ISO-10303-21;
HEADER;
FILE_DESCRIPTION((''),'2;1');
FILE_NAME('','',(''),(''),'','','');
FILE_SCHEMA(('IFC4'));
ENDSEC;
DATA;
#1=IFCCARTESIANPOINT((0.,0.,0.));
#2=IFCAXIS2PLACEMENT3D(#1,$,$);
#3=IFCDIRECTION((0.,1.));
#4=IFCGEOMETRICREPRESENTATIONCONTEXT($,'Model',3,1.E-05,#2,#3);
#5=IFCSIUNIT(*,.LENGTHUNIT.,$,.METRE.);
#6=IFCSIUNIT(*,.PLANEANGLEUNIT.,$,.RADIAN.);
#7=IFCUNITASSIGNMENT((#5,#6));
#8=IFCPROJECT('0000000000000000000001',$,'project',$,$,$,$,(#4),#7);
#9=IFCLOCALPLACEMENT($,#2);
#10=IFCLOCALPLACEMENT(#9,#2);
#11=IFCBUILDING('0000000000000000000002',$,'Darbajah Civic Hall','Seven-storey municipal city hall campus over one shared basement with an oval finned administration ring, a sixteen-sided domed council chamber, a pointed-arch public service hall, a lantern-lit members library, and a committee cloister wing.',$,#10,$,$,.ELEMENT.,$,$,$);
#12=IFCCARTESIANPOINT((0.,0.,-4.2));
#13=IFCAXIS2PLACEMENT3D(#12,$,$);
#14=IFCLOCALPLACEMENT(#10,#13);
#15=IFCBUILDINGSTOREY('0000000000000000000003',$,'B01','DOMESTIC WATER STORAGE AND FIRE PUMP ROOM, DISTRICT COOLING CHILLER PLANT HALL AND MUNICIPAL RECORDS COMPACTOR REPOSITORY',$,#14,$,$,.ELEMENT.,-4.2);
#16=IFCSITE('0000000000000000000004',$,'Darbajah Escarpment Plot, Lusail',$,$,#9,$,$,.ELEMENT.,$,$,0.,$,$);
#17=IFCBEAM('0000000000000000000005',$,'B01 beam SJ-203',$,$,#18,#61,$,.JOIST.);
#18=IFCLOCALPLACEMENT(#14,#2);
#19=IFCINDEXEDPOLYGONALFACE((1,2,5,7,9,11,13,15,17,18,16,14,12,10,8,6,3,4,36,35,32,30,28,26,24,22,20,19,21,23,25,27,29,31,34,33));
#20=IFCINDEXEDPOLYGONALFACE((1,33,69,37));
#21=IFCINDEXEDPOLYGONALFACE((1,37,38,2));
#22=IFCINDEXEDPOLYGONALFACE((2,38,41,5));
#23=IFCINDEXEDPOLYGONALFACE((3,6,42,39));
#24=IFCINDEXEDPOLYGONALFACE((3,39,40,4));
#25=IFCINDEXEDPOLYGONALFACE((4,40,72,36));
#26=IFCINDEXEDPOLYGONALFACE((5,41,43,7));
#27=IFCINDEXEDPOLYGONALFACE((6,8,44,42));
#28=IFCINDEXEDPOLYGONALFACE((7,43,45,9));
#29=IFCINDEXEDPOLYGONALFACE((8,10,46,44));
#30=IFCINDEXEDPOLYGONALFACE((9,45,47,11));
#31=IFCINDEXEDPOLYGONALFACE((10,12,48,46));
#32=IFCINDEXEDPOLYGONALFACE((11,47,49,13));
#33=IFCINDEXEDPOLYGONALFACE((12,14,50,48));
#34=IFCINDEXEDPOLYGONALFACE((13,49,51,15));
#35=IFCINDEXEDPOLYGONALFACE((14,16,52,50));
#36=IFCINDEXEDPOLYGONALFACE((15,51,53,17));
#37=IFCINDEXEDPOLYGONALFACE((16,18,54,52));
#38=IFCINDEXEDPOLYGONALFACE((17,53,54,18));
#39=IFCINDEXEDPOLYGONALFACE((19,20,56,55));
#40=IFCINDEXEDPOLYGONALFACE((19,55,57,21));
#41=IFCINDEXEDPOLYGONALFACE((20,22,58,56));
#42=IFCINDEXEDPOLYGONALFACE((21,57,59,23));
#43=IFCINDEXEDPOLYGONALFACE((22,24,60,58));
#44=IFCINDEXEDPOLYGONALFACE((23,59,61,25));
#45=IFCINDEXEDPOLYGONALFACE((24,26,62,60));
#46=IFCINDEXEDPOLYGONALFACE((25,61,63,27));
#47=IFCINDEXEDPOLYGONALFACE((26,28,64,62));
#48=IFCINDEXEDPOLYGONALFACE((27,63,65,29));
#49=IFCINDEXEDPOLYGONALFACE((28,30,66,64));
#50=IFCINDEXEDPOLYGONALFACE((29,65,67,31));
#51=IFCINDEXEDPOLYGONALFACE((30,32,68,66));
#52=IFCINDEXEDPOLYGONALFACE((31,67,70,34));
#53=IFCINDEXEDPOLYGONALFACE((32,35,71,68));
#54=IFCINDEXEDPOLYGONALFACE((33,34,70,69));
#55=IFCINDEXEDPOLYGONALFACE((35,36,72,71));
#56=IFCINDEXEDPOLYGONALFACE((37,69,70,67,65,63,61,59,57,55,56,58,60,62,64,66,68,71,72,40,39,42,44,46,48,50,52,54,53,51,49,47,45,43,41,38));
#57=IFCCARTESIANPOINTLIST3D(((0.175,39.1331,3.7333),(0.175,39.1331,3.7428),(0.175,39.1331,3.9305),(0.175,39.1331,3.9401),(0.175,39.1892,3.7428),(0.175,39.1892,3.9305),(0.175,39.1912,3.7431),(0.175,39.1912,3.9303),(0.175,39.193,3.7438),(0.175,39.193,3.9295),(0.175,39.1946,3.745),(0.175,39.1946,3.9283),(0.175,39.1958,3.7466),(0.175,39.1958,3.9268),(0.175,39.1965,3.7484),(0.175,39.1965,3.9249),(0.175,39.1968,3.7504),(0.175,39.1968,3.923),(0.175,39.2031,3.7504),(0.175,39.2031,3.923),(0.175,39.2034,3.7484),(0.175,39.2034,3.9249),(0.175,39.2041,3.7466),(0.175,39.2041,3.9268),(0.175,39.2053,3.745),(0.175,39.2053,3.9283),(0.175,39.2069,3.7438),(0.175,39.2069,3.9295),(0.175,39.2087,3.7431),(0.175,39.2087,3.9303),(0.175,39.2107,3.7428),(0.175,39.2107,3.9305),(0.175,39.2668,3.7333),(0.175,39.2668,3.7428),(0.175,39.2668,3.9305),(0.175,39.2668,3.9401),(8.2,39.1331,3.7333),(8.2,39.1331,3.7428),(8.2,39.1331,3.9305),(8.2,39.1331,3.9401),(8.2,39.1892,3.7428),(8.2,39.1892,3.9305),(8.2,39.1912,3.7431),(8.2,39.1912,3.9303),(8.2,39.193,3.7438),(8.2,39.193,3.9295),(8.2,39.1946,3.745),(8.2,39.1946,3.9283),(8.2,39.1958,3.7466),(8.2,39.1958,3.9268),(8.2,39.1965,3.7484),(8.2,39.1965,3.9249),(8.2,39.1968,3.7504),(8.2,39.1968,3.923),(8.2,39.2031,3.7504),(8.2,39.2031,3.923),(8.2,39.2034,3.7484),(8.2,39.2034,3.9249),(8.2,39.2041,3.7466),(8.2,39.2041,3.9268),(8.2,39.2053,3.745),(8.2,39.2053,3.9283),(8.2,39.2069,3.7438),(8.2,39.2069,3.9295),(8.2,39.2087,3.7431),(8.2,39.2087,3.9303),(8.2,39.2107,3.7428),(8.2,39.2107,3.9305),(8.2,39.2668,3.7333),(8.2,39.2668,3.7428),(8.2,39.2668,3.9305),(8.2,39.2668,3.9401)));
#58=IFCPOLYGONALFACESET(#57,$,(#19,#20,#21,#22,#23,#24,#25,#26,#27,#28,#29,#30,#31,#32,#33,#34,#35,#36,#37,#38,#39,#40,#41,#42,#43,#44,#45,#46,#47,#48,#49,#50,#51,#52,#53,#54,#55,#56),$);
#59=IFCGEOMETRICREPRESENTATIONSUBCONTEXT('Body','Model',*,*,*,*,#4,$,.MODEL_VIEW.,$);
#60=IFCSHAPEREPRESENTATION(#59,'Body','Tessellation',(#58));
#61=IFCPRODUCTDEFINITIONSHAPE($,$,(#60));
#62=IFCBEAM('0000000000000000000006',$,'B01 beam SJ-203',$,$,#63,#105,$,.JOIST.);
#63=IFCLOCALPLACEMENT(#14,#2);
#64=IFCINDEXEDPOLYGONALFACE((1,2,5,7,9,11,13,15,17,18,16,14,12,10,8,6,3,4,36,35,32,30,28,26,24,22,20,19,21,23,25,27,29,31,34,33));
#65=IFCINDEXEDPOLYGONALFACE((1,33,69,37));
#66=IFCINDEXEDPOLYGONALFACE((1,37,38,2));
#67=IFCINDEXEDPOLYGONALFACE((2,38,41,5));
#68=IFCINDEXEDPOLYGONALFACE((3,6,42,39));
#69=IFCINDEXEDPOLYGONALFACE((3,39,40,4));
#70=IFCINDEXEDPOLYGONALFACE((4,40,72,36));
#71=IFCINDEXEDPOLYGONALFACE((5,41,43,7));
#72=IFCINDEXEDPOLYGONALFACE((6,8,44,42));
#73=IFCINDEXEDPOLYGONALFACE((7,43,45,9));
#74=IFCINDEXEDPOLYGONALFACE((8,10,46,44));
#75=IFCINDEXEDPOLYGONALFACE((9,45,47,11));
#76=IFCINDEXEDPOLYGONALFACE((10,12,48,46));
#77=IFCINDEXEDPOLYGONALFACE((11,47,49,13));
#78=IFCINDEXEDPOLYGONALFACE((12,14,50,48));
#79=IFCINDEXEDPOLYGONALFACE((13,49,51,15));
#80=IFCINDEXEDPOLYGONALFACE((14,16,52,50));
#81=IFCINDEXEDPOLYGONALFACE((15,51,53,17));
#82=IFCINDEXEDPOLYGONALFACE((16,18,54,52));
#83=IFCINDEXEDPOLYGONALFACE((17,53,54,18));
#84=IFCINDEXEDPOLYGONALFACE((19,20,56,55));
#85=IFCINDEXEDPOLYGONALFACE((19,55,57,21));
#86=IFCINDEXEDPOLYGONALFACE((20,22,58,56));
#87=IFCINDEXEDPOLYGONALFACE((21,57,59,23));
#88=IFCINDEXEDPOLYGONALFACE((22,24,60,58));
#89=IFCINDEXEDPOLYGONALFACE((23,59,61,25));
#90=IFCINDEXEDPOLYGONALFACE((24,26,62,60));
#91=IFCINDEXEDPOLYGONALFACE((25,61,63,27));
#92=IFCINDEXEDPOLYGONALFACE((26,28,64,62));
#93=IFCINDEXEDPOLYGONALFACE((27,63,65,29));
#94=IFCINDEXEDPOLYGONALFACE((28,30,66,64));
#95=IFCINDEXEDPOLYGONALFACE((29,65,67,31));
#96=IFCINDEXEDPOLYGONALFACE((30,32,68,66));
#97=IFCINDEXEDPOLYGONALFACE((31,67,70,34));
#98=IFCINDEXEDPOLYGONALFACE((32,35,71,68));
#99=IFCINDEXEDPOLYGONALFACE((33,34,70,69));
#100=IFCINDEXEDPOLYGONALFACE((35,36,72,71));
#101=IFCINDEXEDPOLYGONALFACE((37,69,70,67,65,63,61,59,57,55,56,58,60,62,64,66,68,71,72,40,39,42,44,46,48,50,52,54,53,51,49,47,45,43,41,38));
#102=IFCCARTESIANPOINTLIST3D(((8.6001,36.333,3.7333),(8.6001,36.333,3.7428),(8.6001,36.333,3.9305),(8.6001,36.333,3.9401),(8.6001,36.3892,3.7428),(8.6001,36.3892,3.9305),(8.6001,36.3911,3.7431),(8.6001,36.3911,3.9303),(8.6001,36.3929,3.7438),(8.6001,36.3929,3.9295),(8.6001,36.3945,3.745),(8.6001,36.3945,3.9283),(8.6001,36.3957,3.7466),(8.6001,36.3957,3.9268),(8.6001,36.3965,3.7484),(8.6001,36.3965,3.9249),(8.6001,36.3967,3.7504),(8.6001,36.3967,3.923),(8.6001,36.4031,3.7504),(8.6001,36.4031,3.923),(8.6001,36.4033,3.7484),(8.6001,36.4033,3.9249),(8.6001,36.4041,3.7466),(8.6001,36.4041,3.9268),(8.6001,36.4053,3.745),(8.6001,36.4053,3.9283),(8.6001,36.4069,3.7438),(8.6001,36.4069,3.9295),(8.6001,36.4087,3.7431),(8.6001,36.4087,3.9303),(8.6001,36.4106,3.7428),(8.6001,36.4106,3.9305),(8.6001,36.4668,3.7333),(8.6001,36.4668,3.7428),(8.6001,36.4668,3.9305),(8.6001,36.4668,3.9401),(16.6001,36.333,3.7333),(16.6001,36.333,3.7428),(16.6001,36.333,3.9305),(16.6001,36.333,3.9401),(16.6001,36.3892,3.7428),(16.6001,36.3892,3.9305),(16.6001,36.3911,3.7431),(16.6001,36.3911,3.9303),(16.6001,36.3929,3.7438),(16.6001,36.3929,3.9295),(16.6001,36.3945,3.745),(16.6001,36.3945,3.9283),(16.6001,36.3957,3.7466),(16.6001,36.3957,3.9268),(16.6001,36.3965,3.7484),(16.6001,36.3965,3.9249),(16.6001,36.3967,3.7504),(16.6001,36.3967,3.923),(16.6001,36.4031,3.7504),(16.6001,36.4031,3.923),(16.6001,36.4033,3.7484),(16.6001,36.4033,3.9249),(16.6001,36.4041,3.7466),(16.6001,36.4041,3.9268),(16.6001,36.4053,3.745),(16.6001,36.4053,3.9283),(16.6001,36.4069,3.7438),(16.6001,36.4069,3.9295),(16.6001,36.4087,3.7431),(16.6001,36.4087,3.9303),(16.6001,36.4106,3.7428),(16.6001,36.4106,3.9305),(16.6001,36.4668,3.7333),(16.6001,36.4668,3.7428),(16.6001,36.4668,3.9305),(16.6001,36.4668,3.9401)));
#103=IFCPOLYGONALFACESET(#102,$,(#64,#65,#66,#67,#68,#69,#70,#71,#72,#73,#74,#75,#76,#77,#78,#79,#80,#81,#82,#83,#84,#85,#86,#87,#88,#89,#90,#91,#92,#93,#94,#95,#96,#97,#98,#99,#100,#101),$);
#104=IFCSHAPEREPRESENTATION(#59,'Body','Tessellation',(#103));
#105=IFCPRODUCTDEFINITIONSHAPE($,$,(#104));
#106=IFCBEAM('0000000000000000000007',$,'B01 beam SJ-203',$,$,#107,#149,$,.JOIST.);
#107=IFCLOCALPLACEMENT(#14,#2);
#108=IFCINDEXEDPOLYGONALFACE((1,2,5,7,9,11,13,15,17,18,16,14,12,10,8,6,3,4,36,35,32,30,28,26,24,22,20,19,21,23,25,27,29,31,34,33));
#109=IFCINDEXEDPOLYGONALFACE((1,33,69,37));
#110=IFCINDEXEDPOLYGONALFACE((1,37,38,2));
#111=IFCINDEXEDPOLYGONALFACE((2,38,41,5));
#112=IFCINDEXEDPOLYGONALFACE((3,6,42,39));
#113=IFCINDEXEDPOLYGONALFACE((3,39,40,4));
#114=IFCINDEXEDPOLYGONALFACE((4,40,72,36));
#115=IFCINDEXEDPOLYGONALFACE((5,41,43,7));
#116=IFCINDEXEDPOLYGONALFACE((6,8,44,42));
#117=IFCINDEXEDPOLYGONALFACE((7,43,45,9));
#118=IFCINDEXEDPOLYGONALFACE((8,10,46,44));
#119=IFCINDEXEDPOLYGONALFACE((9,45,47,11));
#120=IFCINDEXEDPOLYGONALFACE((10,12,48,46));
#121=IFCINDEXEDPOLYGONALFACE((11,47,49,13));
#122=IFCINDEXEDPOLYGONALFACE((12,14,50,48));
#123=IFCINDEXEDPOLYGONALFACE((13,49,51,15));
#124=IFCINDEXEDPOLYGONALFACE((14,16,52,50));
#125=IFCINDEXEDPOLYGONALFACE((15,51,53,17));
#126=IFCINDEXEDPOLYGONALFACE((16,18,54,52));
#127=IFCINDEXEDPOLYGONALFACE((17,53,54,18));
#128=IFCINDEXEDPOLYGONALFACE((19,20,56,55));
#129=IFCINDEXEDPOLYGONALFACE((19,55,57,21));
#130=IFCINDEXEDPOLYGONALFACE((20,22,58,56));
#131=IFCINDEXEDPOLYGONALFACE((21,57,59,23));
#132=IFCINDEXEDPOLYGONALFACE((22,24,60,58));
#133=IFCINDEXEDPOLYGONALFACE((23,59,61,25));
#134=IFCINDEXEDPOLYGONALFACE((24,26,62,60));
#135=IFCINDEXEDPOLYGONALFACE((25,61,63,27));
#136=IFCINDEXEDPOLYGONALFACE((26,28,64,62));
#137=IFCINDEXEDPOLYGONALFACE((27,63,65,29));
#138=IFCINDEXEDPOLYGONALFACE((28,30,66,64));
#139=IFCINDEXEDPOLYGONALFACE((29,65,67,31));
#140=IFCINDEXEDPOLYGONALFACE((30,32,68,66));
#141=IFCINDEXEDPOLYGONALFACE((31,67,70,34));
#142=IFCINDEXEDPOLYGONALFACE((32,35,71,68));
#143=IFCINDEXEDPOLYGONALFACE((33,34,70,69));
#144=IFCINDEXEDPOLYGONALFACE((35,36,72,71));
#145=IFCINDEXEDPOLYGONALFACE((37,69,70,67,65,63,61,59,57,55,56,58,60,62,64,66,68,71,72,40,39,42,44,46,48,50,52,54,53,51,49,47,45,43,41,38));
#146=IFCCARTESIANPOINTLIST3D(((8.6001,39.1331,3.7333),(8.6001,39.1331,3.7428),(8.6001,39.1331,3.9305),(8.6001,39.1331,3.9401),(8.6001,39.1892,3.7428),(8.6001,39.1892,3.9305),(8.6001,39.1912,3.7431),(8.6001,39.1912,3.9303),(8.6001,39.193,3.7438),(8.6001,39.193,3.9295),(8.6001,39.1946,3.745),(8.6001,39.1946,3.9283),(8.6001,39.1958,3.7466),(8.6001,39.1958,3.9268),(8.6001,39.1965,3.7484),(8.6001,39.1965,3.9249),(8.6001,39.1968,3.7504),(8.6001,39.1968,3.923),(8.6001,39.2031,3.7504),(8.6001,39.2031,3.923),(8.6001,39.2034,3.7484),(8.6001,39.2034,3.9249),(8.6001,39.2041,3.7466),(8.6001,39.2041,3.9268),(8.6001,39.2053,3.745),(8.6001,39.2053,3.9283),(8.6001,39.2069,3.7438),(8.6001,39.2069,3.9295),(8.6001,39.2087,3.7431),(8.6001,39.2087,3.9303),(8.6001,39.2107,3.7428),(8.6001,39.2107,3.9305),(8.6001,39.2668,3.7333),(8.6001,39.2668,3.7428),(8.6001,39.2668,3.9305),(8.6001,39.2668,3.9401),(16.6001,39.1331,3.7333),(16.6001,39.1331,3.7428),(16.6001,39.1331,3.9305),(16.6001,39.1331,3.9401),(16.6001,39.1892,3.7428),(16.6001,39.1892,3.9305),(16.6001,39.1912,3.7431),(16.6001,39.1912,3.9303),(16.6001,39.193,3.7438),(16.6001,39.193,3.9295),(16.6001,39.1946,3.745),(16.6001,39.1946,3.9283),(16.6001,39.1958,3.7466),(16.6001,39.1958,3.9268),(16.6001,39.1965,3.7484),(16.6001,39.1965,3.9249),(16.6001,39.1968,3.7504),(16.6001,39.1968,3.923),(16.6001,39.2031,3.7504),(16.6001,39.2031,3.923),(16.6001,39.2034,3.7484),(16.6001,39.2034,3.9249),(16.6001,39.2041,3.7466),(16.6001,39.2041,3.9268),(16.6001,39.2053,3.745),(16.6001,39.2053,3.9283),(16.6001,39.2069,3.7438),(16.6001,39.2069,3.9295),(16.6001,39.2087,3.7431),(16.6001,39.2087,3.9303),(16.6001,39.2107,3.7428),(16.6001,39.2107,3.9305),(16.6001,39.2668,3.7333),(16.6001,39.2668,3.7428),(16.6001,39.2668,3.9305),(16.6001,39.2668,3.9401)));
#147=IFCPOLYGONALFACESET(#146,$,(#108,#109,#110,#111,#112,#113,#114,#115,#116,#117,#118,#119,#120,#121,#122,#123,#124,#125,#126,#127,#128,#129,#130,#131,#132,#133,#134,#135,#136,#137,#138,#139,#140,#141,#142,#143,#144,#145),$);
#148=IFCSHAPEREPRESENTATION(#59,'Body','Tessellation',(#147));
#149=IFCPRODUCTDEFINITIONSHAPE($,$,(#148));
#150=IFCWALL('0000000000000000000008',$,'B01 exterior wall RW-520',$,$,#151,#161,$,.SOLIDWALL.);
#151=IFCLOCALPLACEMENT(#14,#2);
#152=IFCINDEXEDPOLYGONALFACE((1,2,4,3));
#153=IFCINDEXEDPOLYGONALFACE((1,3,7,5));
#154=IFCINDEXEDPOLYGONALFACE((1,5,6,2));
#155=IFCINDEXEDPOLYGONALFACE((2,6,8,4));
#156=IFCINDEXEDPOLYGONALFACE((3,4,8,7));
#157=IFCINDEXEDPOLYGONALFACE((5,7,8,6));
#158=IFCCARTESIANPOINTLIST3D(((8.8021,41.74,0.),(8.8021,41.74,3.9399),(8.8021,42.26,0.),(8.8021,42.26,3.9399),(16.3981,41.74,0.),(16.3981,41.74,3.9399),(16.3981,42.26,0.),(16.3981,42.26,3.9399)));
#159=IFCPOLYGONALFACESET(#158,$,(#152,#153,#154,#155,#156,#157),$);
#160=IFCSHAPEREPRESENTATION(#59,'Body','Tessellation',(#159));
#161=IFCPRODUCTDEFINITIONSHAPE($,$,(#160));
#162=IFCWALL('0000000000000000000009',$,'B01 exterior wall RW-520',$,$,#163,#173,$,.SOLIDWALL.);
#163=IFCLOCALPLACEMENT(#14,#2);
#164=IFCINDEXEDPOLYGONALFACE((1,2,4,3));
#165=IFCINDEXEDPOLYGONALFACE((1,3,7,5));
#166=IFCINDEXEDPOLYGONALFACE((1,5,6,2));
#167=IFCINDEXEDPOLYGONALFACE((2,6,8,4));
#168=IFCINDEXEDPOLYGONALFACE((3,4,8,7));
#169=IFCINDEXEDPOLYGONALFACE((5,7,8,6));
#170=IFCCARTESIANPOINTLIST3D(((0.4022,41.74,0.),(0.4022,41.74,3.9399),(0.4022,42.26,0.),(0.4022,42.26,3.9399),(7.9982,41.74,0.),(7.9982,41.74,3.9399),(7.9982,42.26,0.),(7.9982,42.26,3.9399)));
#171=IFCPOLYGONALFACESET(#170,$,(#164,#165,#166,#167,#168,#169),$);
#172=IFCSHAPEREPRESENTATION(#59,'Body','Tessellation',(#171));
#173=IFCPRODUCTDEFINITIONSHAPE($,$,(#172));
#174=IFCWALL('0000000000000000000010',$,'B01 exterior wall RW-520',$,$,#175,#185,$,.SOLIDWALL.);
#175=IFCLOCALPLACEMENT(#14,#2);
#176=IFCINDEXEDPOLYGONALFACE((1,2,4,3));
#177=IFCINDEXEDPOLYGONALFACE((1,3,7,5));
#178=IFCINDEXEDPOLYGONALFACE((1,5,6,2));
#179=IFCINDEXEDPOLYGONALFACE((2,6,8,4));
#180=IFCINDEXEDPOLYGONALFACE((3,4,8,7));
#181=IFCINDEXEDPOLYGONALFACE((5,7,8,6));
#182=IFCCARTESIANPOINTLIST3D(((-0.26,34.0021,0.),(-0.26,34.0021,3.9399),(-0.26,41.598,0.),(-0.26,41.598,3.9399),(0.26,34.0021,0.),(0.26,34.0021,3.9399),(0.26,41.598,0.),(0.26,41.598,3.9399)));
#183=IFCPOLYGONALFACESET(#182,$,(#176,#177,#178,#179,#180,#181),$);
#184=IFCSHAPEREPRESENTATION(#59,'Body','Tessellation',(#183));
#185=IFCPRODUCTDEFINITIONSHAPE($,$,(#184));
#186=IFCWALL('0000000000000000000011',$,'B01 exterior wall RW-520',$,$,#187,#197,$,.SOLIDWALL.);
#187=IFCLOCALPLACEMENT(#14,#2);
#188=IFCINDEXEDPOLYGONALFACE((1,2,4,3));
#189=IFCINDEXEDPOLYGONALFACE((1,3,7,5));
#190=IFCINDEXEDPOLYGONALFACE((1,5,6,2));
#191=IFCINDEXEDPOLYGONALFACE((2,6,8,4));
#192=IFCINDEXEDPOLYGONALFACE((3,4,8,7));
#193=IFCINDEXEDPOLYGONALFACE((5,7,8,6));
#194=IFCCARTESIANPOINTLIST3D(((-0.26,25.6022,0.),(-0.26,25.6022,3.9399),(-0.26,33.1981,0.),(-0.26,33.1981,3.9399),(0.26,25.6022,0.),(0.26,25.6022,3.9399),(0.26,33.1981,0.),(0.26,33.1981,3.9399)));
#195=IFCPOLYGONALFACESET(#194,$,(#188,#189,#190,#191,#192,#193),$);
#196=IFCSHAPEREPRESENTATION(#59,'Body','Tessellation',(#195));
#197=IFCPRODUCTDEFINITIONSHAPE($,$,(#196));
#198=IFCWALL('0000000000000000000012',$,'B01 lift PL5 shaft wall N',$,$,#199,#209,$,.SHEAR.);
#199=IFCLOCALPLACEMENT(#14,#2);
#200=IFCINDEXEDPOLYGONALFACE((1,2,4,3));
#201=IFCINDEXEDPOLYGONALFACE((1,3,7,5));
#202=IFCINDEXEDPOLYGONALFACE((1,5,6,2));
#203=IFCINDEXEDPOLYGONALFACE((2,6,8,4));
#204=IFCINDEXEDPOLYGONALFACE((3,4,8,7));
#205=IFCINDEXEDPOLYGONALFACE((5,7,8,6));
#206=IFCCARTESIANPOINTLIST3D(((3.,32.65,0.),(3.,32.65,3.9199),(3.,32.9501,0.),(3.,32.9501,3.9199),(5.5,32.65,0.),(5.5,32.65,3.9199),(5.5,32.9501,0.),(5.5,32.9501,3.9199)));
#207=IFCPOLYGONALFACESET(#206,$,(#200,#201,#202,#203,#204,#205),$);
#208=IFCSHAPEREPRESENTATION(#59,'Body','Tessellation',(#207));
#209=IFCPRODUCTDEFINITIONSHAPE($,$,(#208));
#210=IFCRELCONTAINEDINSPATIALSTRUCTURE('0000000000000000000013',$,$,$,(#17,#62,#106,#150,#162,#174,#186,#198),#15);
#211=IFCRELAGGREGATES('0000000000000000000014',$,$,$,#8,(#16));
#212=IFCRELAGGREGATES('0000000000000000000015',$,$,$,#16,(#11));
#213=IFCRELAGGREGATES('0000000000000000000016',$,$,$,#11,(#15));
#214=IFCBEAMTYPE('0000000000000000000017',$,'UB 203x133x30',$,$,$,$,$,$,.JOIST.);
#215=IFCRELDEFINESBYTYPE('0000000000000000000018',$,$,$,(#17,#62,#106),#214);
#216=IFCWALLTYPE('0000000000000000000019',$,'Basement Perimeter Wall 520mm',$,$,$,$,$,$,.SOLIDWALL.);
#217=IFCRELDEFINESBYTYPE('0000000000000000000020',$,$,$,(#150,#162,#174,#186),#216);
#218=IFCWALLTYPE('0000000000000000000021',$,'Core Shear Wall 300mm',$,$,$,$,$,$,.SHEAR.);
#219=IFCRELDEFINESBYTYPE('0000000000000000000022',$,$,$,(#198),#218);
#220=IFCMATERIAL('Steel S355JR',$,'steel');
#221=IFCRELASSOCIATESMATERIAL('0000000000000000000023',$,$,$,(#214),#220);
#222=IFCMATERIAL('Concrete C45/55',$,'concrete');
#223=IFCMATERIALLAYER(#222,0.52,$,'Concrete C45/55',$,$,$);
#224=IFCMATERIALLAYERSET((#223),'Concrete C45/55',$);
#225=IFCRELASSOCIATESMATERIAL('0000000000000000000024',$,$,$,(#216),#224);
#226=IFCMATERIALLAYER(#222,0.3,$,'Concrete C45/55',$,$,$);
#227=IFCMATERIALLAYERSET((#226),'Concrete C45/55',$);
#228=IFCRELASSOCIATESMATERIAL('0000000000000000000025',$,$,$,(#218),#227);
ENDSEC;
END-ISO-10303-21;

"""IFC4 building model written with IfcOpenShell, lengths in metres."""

from ifc_helpers import new_model, si_unit, direction, frame, frame_2d, origin, origin_2d, place, context, subcontext, project, spatial, rectangle, i_section, extrude, material, layer, layer_set, material_profile, profile_set, type_object, element, save


model = new_model("IFC4")

# Units and contexts
model_context = context("Model", 3, precision=1e-05, world=origin(), true_north=direction((0.0, 1.0)))
body_context = subcontext(model_context, "Body", "Model", "MODEL_VIEW")
ifc_project = project(units=[si_unit("LENGTHUNIT", "METRE"), si_unit("PLANEANGLEUNIT", "RADIAN")], contexts=[model_context])

# Site, building, storey
site_placement = place(None, origin())
site = spatial("IfcSite", under=ifc_project, at=site_placement, Name="Darbajah Escarpment Plot, Lusail", CompositionType="ELEMENT", RefElevation=0.0)
building_placement = place(site_placement, origin())
building = spatial("IfcBuilding", under=site, at=building_placement, Name="Darbajah Civic Hall", Description="Seven-storey municipal city hall campus over one shared basement with an oval finned administration ring, a sixteen-sided domed council chamber, a pointed-arch public service hall, a lantern-lit members library, and a committee cloister wing.", CompositionType="ELEMENT")
storey_placement = place(building_placement, frame((0.0, 0.0, -4.2)))
storey = spatial("IfcBuildingStorey", under=building, at=storey_placement, Name="B01", Description="DOMESTIC WATER STORAGE AND FIRE PUMP ROOM, DISTRICT COOLING CHILLER PLANT HALL AND MUNICIPAL RECORDS COMPACTOR REPOSITORY", CompositionType="ELEMENT", Elevation=-4.2)

# Shared definitions
ifc_material_1 = material(Name="Concrete C45/55", Category="concrete")

# Beams
ifc_material_2 = material(Name="Steel S355JR", Category="steel")
ifc_material_profile_1 = material_profile(ifc_material_2, i_section(OverallWidth=0.1338, OverallDepth=0.2068, WebThickness=0.0063, FlangeThickness=0.0095, FilletRadius=0.0076, at=origin_2d()), Name="UB 203x133x30")
ifc_profile_set_1 = profile_set([ifc_material_profile_1], Name="Steel S355JR")
beam_type_1 = type_object("IfcBeamType", Name="UB 203x133x30", PredefinedType="JOIST", material=ifc_profile_set_1)
for number, where, z_axis, x_axis, name in (
    (1, (0.175, 39.2, 3.8367), (1.0, 0.0, 0.0), (0.0, 1.0, 0.0), "B01 beam SJ-203"),
):
    element("IfcBeam", number, at=place(storey_placement, frame(where, z_axis=z_axis, x_axis=x_axis)), inside=storey, type_object=beam_type_1, Name=name, PredefinedType="JOIST", context=body_context, shape_type="SweptSolid", body=[
        extrude(i_section(OverallWidth=0.1338, OverallDepth=0.2068, WebThickness=0.0063, FlangeThickness=0.0095, FilletRadius=0.0076, at=origin_2d()), origin(), (0.0, 0.0, 1.0), 8.0249),
    ])
for number, where, z_axis, x_axis, name in (
    (2, (8.6001, 36.3999, 3.8367), (1.0, 0.0, 0.0), (0.0, 1.0, 0.0), "B01 beam SJ-203"),
    (3, (8.6001, 39.2, 3.8367), (1.0, 0.0, 0.0), (0.0, 1.0, 0.0), "B01 beam SJ-203"),
):
    element("IfcBeam", number, at=place(storey_placement, frame(where, z_axis=z_axis, x_axis=x_axis)), inside=storey, type_object=beam_type_1, Name=name, PredefinedType="JOIST", context=body_context, shape_type="SweptSolid", body=[
        extrude(i_section(OverallWidth=0.1338, OverallDepth=0.2068, WebThickness=0.0063, FlangeThickness=0.0095, FilletRadius=0.0076, at=origin_2d()), origin(), (0.0, 0.0, 1.0), 8.0),
    ])

# Walls
ifc_layer_1 = layer(ifc_material_1, 0.52, Name="Concrete C45/55")
ifc_layer_set_1 = layer_set([ifc_layer_1], Name="Concrete C45/55")
wall_type_1 = type_object("IfcWallType", Name="Basement Perimeter Wall 520mm", PredefinedType="SOLIDWALL", material=ifc_layer_set_1)
for number, where, z_axis, x_axis, name in (
    (4, (16.3979, 42.0, 0.0), (0.0, 0.0, 1.0), (-1.0, 0.0, 0.0), "B01 exterior wall RW-520"),
    (5, (7.998, 42.0, 0.0), (0.0, 0.0, 1.0), (-1.0, 0.0, 0.0), "B01 exterior wall RW-520"),
    (6, (0.0, 41.5979, 0.0), (0.0, 0.0, 1.0), (0.0, -1.0, 0.0), "B01 exterior wall RW-520"),
    (7, (0.0, 33.198, 0.0), (0.0, 0.0, 1.0), (0.0, -1.0, 0.0), "B01 exterior wall RW-520"),
):
    element("IfcWall", number, at=place(storey_placement, frame(where, z_axis=z_axis, x_axis=x_axis)), inside=storey, type_object=wall_type_1, Name=name, PredefinedType="SOLIDWALL", context=body_context, shape_type="SweptSolid", body=[
        extrude(rectangle(XDim=7.5959, YDim=0.52, at=frame_2d((3.7979, 0.0))), origin(), (0.0, 0.0, 1.0), 3.9399),
    ])
ifc_layer_2 = layer(ifc_material_1, 0.3, Name="Concrete C45/55")
ifc_layer_set_2 = layer_set([ifc_layer_2], Name="Concrete C45/55")
wall_type_2 = type_object("IfcWallType", Name="Core Shear Wall 300mm", PredefinedType="SHEAR", material=ifc_layer_set_2)
wall_placement = place(storey_placement, frame((5.5, 32.8, 0.0), z_axis=(0.0, 0.0, 1.0), x_axis=(-1.0, 0.0, 0.0)))
element("IfcWall", 8, at=wall_placement, inside=storey, type_object=wall_type_2, Name="B01 lift PL5 shaft wall N", PredefinedType="SHEAR", context=body_context, shape_type="SweptSolid", body=[
    extrude(rectangle(XDim=2.5, YDim=0.3, at=frame_2d((1.25, 0.0))), origin(), (0.0, 0.0, 1.0), 3.9199),
])

save(model, "model.ifc")
